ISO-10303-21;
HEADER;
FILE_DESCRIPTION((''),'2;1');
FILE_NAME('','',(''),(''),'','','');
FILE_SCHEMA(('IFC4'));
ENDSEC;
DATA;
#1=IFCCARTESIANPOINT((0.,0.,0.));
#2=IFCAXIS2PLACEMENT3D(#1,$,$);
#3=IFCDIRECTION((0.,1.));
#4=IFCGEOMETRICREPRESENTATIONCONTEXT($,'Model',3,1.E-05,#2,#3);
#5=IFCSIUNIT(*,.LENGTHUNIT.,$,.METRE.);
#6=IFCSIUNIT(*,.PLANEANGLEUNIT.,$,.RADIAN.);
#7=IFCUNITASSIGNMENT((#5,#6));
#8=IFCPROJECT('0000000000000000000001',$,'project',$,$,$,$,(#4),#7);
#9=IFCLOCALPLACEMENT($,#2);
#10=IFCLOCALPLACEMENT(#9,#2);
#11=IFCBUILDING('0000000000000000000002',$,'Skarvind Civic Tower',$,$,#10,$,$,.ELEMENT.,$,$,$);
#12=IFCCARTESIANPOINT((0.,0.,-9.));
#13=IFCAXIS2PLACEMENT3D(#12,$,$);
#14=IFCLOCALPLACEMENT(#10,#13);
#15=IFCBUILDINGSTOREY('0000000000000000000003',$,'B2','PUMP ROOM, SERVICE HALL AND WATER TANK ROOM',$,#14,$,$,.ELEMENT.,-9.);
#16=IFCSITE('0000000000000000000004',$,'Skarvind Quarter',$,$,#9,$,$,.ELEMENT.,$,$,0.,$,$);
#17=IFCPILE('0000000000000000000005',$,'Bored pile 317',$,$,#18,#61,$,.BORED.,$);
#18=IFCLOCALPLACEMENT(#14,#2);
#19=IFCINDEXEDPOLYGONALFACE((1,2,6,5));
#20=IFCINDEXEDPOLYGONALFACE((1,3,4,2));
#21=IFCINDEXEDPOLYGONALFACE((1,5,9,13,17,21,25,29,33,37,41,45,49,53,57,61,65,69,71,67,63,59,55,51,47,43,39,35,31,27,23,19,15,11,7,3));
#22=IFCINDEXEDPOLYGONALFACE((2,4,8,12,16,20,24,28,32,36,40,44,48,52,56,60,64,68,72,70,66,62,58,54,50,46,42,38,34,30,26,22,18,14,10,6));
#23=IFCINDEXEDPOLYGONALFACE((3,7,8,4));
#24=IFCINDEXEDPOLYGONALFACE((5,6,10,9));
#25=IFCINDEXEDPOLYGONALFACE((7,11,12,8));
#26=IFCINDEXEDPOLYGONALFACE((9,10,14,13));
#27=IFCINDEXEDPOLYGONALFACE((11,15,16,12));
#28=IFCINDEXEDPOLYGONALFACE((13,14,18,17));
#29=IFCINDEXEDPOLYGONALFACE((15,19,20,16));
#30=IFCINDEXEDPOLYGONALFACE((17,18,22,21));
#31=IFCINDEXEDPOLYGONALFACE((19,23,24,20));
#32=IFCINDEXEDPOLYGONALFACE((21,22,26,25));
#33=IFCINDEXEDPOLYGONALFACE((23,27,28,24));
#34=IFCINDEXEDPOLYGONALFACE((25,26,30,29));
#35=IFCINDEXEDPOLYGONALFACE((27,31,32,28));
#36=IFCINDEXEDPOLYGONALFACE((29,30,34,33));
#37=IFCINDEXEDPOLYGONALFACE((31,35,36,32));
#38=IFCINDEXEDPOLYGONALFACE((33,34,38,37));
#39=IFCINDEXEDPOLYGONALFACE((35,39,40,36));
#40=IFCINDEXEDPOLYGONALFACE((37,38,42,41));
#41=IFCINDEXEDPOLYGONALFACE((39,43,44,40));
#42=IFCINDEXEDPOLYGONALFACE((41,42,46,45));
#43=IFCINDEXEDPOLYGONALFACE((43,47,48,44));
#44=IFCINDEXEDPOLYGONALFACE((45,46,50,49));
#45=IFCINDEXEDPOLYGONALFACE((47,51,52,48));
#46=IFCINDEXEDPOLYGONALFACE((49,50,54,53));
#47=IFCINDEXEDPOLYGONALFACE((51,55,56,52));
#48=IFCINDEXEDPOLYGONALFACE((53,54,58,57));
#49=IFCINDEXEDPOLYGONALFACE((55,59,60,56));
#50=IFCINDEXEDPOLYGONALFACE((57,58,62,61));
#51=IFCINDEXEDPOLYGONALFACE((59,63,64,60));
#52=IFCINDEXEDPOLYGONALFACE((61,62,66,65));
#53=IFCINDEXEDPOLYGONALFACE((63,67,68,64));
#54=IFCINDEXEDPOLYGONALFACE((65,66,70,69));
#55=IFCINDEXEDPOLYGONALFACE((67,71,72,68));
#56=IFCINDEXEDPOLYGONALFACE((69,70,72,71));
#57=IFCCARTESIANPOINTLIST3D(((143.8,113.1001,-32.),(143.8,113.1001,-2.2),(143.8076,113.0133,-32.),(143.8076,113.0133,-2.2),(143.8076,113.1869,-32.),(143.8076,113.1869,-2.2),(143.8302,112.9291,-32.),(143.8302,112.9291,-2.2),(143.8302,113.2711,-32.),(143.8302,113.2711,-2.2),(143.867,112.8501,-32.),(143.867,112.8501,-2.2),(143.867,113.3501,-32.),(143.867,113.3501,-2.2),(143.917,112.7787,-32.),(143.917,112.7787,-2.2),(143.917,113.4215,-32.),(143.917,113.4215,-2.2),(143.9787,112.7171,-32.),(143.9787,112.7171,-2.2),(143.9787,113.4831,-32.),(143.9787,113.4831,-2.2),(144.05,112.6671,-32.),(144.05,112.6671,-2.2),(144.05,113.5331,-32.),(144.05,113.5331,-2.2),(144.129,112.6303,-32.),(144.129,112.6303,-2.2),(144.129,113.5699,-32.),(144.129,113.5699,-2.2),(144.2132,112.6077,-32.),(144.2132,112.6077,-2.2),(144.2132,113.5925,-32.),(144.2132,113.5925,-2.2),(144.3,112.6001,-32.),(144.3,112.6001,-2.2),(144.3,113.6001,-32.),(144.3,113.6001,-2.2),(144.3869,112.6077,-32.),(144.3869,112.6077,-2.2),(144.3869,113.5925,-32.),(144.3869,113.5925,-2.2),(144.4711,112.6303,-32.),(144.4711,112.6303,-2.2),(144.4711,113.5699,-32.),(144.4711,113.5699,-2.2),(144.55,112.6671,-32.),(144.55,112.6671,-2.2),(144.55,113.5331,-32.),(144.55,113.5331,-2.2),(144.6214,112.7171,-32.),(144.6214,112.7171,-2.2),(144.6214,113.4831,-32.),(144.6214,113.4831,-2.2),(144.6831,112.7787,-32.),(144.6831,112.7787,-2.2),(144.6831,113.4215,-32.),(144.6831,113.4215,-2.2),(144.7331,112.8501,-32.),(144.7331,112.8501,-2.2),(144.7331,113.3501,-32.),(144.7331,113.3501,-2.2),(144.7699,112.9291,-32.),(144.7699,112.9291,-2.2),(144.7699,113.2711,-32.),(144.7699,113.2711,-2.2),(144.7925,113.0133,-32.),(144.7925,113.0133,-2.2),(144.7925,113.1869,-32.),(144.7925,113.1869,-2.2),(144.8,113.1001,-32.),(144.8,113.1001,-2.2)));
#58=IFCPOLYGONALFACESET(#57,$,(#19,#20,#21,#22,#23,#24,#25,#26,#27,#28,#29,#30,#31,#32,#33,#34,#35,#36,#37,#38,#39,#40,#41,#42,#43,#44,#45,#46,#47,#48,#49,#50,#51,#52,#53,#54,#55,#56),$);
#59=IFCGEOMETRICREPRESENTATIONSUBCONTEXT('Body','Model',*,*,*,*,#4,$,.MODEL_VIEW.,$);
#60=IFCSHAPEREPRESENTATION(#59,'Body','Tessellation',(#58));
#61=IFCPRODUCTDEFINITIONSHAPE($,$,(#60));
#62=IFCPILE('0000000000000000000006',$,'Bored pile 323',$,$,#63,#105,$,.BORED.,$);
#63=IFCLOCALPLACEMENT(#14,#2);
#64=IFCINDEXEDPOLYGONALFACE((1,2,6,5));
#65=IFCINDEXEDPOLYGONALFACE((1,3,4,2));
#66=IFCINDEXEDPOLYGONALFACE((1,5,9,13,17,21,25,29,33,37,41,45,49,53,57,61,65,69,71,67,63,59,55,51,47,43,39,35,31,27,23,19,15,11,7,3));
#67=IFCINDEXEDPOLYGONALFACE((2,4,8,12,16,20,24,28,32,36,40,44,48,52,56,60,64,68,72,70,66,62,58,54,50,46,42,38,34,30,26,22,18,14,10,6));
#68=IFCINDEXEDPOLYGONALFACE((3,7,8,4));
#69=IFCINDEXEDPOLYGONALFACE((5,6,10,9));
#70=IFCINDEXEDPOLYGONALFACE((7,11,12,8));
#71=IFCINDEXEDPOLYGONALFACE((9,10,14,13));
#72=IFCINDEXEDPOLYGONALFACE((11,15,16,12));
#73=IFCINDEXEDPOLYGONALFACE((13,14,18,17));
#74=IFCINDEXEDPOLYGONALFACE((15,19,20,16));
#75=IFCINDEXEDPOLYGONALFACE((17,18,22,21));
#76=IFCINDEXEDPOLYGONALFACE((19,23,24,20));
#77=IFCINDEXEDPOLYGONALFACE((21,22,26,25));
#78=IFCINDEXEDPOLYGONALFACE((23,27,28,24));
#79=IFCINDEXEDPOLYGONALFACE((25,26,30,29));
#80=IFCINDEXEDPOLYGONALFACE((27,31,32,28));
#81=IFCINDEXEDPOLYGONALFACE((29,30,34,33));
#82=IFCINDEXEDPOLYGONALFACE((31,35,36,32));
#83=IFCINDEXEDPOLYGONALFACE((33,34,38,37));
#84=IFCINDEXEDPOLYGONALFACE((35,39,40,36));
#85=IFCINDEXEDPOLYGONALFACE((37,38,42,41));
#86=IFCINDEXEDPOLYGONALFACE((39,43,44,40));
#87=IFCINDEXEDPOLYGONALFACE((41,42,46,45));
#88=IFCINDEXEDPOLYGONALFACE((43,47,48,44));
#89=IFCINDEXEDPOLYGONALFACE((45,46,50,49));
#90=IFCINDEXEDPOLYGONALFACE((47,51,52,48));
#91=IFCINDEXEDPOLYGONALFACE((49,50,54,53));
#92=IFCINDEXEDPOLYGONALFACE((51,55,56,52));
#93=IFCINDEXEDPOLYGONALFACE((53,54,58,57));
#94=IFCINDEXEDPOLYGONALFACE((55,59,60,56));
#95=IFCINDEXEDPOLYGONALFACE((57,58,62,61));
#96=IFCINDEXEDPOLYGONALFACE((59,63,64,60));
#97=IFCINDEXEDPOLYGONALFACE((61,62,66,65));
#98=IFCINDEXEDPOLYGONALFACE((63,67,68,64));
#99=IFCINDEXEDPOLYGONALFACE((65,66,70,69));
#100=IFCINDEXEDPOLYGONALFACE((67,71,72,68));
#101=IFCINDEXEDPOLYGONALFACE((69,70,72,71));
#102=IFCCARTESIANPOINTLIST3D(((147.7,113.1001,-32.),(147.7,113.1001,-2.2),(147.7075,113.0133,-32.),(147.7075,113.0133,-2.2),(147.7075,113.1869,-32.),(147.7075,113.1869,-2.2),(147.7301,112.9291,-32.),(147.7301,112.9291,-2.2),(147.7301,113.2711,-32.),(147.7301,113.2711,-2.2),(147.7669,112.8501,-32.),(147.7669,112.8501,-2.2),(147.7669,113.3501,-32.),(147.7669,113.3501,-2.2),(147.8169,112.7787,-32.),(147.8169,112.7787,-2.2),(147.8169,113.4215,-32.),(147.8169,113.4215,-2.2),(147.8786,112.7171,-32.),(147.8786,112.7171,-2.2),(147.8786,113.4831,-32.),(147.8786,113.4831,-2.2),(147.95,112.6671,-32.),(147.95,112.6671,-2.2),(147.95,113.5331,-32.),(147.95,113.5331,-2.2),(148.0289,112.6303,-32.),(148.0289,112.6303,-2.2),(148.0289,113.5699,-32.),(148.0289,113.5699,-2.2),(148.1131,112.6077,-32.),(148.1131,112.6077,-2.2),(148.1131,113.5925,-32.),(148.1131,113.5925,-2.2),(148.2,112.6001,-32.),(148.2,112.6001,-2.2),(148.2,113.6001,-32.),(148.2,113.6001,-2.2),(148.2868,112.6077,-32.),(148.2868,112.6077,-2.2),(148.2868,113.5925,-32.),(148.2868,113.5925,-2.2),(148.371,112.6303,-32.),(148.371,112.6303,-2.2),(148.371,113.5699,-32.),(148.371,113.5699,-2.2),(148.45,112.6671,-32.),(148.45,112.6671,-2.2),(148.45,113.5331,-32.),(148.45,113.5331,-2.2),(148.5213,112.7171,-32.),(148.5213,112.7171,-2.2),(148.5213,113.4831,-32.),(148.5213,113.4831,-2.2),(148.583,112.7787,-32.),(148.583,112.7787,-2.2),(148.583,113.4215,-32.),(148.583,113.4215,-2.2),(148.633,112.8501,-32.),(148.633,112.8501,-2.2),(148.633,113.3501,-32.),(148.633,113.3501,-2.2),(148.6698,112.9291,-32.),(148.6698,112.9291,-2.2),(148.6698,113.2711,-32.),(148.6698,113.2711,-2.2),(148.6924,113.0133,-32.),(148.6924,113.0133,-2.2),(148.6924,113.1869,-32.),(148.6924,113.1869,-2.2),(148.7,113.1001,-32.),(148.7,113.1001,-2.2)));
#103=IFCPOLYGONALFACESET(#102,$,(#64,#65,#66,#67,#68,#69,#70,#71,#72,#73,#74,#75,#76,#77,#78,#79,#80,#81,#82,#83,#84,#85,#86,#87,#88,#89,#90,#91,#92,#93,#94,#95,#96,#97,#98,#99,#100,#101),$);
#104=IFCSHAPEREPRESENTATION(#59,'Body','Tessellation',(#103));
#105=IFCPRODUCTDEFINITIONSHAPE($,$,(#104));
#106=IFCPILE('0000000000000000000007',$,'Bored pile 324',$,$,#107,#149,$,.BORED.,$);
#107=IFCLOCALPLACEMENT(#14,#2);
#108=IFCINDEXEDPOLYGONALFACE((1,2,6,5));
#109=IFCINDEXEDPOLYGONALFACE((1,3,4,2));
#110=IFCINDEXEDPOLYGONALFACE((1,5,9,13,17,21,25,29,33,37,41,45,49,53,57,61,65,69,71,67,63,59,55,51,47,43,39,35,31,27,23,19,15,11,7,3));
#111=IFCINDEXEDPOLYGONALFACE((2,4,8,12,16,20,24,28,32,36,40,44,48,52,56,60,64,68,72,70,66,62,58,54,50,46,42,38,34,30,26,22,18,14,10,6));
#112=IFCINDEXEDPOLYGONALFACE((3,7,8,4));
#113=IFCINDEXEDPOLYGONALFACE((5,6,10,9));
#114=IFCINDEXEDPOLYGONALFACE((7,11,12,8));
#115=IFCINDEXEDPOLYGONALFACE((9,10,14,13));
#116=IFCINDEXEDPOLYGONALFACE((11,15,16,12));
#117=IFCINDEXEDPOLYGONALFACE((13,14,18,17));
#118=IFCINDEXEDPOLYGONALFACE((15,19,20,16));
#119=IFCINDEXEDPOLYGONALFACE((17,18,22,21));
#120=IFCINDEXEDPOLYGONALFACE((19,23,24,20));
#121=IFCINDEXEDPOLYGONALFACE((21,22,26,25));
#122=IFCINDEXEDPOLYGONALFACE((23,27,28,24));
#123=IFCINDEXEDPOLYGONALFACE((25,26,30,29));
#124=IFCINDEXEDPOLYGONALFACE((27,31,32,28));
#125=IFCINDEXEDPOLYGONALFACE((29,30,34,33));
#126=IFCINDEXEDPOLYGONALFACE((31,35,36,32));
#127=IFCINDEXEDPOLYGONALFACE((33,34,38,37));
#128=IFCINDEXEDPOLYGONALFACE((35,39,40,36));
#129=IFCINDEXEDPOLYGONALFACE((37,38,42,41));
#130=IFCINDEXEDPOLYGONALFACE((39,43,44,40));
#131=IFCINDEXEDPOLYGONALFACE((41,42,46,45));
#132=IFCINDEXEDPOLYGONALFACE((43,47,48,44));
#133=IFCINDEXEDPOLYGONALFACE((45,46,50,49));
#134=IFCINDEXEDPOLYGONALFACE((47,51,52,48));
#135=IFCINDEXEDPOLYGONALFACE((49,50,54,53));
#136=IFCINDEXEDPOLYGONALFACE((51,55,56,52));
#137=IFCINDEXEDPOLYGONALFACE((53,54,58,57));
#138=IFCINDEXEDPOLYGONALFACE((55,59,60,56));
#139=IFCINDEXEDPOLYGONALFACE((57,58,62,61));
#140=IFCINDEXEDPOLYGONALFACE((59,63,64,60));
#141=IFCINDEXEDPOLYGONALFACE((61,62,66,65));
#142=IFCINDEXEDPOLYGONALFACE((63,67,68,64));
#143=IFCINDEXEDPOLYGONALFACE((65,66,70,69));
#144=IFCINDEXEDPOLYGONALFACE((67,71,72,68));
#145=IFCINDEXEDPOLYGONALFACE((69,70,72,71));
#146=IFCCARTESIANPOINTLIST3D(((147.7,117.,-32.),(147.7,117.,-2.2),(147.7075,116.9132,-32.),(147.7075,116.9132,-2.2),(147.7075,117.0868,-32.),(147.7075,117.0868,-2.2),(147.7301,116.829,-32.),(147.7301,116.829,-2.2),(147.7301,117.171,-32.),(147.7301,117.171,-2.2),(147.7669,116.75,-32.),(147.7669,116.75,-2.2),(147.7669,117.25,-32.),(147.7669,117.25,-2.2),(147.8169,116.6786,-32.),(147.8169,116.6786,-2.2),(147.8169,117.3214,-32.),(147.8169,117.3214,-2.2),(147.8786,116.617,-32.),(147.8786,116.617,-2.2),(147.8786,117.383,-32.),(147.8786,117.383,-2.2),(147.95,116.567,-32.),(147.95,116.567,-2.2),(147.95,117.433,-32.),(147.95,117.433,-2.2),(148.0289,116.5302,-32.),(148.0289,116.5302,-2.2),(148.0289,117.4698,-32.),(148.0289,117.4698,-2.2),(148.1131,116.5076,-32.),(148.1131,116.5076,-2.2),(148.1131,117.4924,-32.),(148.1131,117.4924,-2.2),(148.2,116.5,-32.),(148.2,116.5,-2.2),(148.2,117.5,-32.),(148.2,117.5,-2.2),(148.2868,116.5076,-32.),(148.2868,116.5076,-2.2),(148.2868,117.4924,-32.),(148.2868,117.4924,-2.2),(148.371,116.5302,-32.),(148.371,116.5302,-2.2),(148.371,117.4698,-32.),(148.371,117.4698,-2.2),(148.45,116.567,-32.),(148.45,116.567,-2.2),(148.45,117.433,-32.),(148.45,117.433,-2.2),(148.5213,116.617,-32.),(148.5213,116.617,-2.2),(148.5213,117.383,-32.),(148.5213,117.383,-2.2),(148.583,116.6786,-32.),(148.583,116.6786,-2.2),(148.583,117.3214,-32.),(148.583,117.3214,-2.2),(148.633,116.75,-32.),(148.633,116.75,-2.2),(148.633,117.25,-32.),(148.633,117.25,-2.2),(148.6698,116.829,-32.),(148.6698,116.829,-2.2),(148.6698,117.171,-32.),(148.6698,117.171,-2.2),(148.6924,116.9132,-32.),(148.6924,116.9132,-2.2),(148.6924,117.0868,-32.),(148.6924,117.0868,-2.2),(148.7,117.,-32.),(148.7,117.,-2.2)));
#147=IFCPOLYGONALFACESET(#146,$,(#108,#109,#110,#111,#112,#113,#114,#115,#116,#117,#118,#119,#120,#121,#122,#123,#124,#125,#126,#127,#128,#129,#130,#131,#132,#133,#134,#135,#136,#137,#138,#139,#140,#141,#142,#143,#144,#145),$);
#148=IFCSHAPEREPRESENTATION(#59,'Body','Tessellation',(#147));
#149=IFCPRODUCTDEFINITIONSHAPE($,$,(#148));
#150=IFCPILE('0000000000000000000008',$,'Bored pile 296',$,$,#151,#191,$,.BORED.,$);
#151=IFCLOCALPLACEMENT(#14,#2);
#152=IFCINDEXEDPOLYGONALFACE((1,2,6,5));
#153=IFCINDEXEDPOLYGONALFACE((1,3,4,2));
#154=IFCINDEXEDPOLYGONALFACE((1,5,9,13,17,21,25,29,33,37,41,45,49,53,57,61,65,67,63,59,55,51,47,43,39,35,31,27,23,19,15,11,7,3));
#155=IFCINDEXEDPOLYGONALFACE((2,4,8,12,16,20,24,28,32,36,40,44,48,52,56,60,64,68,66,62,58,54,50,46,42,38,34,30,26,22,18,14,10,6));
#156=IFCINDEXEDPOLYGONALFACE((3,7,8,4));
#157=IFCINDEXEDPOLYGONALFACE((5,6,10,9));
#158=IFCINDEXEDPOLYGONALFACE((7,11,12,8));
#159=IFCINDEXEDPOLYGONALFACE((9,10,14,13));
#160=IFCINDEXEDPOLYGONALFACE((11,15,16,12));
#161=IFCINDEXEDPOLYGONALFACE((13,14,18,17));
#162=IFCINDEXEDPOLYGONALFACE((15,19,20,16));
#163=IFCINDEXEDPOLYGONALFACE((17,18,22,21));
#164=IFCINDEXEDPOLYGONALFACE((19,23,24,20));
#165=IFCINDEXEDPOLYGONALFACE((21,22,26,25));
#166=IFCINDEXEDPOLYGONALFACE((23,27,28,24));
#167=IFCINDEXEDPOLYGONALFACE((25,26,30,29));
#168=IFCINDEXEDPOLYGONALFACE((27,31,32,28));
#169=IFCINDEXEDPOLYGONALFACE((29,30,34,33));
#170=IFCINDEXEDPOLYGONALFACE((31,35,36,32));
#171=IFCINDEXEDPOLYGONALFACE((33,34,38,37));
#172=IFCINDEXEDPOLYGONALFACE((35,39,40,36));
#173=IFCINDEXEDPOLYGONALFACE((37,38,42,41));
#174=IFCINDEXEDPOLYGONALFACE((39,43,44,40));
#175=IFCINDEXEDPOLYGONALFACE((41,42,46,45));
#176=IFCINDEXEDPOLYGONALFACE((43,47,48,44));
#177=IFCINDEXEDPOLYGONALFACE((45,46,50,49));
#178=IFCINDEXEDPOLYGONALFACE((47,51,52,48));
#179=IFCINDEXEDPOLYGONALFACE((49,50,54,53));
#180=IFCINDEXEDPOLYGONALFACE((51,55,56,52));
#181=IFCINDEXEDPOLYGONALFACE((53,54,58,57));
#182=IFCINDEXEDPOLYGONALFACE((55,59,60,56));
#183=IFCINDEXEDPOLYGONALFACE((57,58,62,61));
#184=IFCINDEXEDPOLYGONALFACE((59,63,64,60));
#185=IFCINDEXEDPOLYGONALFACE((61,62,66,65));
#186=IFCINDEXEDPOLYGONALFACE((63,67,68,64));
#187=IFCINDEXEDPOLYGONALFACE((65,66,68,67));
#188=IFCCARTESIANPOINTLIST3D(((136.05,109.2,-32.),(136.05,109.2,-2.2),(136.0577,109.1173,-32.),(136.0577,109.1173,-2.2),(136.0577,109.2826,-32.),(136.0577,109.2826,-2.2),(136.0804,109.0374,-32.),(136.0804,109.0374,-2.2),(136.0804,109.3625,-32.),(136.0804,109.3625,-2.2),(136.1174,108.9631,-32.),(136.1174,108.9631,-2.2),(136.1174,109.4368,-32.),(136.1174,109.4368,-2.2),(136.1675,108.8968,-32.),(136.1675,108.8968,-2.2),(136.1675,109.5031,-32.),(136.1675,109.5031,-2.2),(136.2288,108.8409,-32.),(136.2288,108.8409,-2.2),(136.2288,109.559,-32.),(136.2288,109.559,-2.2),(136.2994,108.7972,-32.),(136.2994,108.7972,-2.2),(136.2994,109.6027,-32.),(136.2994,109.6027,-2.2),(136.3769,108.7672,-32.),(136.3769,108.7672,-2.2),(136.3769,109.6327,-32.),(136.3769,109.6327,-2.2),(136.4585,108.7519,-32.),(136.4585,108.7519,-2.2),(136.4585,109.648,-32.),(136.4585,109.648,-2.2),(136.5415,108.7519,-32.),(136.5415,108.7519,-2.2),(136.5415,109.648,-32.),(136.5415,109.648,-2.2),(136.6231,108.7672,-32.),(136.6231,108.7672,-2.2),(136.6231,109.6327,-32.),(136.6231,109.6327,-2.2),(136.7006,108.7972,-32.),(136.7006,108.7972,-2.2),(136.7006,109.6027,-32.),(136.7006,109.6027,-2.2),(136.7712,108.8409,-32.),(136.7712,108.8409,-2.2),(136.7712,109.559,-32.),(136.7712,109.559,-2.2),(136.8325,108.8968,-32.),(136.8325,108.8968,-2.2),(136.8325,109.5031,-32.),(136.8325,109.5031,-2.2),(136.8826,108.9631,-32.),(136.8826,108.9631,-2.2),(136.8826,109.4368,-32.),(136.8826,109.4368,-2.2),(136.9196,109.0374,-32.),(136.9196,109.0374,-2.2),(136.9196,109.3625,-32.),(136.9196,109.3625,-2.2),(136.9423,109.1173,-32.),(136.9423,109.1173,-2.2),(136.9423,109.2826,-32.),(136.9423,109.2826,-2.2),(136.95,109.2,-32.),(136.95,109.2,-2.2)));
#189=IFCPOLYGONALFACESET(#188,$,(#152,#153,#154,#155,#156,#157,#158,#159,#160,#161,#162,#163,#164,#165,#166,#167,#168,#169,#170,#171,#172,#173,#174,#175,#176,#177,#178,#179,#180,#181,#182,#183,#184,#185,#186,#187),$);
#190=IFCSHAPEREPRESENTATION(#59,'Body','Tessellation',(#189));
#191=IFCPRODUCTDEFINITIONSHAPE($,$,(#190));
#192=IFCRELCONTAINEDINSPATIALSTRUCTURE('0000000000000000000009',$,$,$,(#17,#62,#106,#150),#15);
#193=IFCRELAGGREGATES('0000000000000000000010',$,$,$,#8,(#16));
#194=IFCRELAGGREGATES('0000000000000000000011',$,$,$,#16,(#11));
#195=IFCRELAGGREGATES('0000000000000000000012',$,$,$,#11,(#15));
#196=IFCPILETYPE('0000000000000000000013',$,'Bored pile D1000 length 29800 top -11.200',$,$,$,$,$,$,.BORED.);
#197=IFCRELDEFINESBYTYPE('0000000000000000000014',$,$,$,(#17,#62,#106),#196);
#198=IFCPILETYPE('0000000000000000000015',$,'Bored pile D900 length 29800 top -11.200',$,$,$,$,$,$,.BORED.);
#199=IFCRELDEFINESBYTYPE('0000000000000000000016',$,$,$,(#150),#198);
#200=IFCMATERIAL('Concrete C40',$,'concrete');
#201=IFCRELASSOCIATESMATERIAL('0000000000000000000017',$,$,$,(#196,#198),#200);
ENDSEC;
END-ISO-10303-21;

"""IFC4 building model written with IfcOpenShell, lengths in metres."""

from ifc_helpers import new_model, si_unit, direction, frame, origin, origin_2d, place, context, subcontext, project, spatial, circle, extrude, material, type_object, element, save


model = new_model("IFC4")

# Units and contexts
model_context = context("Model", 3, precision=1e-05, world=origin(), true_north=direction((0.0, 1.0)))
body_context = subcontext(model_context, "Body", "Model", "MODEL_VIEW")
ifc_project = project(units=[si_unit("LENGTHUNIT", "METRE"), si_unit("PLANEANGLEUNIT", "RADIAN")], contexts=[model_context])

# Site, building, storey
site_placement = place(None, origin())
site = spatial("IfcSite", under=ifc_project, at=site_placement, Name="Skarvind Quarter", CompositionType="ELEMENT", RefElevation=0.0)
building_placement = place(site_placement, origin())
building = spatial("IfcBuilding", under=site, at=building_placement, Name="Skarvind Civic Tower", CompositionType="ELEMENT")
storey_placement = place(building_placement, frame((0.0, 0.0, -9.0)))
storey = spatial("IfcBuildingStorey", under=building, at=storey_placement, Name="B2", Description="PUMP ROOM, SERVICE HALL AND WATER TANK ROOM", CompositionType="ELEMENT", Elevation=-9.0)

# Piles
ifc_material_1 = material(Name="Concrete C40", Category="concrete")
pile_type_1 = type_object("IfcPileType", Name="Bored pile D1000 length 29800 top -11.200", PredefinedType="BORED", material=ifc_material_1)
for number, where, z_axis, x_axis, name in (
    (1, (144.3, 113.1001, -2.2), (0.0, 0.0, -1.0), (1.0, 0.0, 0.0), "Bored pile 317"),
    (2, (148.2, 113.1001, -2.2), (0.0, 0.0, -1.0), (1.0, 0.0, 0.0), "Bored pile 323"),
    (3, (148.2, 117.0, -2.2), (0.0, 0.0, -1.0), (1.0, 0.0, 0.0), "Bored pile 324"),
):
    element("IfcPile", number, at=place(storey_placement, frame(where, z_axis=z_axis, x_axis=x_axis)), inside=storey, type_object=pile_type_1, Name=name, PredefinedType="BORED", context=body_context, shape_type="SweptSolid", body=[
        extrude(circle(Radius=0.5, at=origin_2d()), origin(), (0.0, 0.0, 1.0), 29.8),
    ])
pile_type_2 = type_object("IfcPileType", Name="Bored pile D900 length 29800 top -11.200", PredefinedType="BORED", material=ifc_material_1)
for number, where, z_axis, x_axis, name in (
    (4, (136.5, 109.2, -2.2), (0.0, 0.0, -1.0), (1.0, 0.0, 0.0), "Bored pile 296"),
):
    element("IfcPile", number, at=place(storey_placement, frame(where, z_axis=z_axis, x_axis=x_axis)), inside=storey, type_object=pile_type_2, Name=name, PredefinedType="BORED", context=body_context, shape_type="SweptSolid", body=[
        extrude(circle(Radius=0.45, at=origin_2d()), origin(), (0.0, 0.0, 1.0), 29.8),
    ])

save(model, "model.ifc")
